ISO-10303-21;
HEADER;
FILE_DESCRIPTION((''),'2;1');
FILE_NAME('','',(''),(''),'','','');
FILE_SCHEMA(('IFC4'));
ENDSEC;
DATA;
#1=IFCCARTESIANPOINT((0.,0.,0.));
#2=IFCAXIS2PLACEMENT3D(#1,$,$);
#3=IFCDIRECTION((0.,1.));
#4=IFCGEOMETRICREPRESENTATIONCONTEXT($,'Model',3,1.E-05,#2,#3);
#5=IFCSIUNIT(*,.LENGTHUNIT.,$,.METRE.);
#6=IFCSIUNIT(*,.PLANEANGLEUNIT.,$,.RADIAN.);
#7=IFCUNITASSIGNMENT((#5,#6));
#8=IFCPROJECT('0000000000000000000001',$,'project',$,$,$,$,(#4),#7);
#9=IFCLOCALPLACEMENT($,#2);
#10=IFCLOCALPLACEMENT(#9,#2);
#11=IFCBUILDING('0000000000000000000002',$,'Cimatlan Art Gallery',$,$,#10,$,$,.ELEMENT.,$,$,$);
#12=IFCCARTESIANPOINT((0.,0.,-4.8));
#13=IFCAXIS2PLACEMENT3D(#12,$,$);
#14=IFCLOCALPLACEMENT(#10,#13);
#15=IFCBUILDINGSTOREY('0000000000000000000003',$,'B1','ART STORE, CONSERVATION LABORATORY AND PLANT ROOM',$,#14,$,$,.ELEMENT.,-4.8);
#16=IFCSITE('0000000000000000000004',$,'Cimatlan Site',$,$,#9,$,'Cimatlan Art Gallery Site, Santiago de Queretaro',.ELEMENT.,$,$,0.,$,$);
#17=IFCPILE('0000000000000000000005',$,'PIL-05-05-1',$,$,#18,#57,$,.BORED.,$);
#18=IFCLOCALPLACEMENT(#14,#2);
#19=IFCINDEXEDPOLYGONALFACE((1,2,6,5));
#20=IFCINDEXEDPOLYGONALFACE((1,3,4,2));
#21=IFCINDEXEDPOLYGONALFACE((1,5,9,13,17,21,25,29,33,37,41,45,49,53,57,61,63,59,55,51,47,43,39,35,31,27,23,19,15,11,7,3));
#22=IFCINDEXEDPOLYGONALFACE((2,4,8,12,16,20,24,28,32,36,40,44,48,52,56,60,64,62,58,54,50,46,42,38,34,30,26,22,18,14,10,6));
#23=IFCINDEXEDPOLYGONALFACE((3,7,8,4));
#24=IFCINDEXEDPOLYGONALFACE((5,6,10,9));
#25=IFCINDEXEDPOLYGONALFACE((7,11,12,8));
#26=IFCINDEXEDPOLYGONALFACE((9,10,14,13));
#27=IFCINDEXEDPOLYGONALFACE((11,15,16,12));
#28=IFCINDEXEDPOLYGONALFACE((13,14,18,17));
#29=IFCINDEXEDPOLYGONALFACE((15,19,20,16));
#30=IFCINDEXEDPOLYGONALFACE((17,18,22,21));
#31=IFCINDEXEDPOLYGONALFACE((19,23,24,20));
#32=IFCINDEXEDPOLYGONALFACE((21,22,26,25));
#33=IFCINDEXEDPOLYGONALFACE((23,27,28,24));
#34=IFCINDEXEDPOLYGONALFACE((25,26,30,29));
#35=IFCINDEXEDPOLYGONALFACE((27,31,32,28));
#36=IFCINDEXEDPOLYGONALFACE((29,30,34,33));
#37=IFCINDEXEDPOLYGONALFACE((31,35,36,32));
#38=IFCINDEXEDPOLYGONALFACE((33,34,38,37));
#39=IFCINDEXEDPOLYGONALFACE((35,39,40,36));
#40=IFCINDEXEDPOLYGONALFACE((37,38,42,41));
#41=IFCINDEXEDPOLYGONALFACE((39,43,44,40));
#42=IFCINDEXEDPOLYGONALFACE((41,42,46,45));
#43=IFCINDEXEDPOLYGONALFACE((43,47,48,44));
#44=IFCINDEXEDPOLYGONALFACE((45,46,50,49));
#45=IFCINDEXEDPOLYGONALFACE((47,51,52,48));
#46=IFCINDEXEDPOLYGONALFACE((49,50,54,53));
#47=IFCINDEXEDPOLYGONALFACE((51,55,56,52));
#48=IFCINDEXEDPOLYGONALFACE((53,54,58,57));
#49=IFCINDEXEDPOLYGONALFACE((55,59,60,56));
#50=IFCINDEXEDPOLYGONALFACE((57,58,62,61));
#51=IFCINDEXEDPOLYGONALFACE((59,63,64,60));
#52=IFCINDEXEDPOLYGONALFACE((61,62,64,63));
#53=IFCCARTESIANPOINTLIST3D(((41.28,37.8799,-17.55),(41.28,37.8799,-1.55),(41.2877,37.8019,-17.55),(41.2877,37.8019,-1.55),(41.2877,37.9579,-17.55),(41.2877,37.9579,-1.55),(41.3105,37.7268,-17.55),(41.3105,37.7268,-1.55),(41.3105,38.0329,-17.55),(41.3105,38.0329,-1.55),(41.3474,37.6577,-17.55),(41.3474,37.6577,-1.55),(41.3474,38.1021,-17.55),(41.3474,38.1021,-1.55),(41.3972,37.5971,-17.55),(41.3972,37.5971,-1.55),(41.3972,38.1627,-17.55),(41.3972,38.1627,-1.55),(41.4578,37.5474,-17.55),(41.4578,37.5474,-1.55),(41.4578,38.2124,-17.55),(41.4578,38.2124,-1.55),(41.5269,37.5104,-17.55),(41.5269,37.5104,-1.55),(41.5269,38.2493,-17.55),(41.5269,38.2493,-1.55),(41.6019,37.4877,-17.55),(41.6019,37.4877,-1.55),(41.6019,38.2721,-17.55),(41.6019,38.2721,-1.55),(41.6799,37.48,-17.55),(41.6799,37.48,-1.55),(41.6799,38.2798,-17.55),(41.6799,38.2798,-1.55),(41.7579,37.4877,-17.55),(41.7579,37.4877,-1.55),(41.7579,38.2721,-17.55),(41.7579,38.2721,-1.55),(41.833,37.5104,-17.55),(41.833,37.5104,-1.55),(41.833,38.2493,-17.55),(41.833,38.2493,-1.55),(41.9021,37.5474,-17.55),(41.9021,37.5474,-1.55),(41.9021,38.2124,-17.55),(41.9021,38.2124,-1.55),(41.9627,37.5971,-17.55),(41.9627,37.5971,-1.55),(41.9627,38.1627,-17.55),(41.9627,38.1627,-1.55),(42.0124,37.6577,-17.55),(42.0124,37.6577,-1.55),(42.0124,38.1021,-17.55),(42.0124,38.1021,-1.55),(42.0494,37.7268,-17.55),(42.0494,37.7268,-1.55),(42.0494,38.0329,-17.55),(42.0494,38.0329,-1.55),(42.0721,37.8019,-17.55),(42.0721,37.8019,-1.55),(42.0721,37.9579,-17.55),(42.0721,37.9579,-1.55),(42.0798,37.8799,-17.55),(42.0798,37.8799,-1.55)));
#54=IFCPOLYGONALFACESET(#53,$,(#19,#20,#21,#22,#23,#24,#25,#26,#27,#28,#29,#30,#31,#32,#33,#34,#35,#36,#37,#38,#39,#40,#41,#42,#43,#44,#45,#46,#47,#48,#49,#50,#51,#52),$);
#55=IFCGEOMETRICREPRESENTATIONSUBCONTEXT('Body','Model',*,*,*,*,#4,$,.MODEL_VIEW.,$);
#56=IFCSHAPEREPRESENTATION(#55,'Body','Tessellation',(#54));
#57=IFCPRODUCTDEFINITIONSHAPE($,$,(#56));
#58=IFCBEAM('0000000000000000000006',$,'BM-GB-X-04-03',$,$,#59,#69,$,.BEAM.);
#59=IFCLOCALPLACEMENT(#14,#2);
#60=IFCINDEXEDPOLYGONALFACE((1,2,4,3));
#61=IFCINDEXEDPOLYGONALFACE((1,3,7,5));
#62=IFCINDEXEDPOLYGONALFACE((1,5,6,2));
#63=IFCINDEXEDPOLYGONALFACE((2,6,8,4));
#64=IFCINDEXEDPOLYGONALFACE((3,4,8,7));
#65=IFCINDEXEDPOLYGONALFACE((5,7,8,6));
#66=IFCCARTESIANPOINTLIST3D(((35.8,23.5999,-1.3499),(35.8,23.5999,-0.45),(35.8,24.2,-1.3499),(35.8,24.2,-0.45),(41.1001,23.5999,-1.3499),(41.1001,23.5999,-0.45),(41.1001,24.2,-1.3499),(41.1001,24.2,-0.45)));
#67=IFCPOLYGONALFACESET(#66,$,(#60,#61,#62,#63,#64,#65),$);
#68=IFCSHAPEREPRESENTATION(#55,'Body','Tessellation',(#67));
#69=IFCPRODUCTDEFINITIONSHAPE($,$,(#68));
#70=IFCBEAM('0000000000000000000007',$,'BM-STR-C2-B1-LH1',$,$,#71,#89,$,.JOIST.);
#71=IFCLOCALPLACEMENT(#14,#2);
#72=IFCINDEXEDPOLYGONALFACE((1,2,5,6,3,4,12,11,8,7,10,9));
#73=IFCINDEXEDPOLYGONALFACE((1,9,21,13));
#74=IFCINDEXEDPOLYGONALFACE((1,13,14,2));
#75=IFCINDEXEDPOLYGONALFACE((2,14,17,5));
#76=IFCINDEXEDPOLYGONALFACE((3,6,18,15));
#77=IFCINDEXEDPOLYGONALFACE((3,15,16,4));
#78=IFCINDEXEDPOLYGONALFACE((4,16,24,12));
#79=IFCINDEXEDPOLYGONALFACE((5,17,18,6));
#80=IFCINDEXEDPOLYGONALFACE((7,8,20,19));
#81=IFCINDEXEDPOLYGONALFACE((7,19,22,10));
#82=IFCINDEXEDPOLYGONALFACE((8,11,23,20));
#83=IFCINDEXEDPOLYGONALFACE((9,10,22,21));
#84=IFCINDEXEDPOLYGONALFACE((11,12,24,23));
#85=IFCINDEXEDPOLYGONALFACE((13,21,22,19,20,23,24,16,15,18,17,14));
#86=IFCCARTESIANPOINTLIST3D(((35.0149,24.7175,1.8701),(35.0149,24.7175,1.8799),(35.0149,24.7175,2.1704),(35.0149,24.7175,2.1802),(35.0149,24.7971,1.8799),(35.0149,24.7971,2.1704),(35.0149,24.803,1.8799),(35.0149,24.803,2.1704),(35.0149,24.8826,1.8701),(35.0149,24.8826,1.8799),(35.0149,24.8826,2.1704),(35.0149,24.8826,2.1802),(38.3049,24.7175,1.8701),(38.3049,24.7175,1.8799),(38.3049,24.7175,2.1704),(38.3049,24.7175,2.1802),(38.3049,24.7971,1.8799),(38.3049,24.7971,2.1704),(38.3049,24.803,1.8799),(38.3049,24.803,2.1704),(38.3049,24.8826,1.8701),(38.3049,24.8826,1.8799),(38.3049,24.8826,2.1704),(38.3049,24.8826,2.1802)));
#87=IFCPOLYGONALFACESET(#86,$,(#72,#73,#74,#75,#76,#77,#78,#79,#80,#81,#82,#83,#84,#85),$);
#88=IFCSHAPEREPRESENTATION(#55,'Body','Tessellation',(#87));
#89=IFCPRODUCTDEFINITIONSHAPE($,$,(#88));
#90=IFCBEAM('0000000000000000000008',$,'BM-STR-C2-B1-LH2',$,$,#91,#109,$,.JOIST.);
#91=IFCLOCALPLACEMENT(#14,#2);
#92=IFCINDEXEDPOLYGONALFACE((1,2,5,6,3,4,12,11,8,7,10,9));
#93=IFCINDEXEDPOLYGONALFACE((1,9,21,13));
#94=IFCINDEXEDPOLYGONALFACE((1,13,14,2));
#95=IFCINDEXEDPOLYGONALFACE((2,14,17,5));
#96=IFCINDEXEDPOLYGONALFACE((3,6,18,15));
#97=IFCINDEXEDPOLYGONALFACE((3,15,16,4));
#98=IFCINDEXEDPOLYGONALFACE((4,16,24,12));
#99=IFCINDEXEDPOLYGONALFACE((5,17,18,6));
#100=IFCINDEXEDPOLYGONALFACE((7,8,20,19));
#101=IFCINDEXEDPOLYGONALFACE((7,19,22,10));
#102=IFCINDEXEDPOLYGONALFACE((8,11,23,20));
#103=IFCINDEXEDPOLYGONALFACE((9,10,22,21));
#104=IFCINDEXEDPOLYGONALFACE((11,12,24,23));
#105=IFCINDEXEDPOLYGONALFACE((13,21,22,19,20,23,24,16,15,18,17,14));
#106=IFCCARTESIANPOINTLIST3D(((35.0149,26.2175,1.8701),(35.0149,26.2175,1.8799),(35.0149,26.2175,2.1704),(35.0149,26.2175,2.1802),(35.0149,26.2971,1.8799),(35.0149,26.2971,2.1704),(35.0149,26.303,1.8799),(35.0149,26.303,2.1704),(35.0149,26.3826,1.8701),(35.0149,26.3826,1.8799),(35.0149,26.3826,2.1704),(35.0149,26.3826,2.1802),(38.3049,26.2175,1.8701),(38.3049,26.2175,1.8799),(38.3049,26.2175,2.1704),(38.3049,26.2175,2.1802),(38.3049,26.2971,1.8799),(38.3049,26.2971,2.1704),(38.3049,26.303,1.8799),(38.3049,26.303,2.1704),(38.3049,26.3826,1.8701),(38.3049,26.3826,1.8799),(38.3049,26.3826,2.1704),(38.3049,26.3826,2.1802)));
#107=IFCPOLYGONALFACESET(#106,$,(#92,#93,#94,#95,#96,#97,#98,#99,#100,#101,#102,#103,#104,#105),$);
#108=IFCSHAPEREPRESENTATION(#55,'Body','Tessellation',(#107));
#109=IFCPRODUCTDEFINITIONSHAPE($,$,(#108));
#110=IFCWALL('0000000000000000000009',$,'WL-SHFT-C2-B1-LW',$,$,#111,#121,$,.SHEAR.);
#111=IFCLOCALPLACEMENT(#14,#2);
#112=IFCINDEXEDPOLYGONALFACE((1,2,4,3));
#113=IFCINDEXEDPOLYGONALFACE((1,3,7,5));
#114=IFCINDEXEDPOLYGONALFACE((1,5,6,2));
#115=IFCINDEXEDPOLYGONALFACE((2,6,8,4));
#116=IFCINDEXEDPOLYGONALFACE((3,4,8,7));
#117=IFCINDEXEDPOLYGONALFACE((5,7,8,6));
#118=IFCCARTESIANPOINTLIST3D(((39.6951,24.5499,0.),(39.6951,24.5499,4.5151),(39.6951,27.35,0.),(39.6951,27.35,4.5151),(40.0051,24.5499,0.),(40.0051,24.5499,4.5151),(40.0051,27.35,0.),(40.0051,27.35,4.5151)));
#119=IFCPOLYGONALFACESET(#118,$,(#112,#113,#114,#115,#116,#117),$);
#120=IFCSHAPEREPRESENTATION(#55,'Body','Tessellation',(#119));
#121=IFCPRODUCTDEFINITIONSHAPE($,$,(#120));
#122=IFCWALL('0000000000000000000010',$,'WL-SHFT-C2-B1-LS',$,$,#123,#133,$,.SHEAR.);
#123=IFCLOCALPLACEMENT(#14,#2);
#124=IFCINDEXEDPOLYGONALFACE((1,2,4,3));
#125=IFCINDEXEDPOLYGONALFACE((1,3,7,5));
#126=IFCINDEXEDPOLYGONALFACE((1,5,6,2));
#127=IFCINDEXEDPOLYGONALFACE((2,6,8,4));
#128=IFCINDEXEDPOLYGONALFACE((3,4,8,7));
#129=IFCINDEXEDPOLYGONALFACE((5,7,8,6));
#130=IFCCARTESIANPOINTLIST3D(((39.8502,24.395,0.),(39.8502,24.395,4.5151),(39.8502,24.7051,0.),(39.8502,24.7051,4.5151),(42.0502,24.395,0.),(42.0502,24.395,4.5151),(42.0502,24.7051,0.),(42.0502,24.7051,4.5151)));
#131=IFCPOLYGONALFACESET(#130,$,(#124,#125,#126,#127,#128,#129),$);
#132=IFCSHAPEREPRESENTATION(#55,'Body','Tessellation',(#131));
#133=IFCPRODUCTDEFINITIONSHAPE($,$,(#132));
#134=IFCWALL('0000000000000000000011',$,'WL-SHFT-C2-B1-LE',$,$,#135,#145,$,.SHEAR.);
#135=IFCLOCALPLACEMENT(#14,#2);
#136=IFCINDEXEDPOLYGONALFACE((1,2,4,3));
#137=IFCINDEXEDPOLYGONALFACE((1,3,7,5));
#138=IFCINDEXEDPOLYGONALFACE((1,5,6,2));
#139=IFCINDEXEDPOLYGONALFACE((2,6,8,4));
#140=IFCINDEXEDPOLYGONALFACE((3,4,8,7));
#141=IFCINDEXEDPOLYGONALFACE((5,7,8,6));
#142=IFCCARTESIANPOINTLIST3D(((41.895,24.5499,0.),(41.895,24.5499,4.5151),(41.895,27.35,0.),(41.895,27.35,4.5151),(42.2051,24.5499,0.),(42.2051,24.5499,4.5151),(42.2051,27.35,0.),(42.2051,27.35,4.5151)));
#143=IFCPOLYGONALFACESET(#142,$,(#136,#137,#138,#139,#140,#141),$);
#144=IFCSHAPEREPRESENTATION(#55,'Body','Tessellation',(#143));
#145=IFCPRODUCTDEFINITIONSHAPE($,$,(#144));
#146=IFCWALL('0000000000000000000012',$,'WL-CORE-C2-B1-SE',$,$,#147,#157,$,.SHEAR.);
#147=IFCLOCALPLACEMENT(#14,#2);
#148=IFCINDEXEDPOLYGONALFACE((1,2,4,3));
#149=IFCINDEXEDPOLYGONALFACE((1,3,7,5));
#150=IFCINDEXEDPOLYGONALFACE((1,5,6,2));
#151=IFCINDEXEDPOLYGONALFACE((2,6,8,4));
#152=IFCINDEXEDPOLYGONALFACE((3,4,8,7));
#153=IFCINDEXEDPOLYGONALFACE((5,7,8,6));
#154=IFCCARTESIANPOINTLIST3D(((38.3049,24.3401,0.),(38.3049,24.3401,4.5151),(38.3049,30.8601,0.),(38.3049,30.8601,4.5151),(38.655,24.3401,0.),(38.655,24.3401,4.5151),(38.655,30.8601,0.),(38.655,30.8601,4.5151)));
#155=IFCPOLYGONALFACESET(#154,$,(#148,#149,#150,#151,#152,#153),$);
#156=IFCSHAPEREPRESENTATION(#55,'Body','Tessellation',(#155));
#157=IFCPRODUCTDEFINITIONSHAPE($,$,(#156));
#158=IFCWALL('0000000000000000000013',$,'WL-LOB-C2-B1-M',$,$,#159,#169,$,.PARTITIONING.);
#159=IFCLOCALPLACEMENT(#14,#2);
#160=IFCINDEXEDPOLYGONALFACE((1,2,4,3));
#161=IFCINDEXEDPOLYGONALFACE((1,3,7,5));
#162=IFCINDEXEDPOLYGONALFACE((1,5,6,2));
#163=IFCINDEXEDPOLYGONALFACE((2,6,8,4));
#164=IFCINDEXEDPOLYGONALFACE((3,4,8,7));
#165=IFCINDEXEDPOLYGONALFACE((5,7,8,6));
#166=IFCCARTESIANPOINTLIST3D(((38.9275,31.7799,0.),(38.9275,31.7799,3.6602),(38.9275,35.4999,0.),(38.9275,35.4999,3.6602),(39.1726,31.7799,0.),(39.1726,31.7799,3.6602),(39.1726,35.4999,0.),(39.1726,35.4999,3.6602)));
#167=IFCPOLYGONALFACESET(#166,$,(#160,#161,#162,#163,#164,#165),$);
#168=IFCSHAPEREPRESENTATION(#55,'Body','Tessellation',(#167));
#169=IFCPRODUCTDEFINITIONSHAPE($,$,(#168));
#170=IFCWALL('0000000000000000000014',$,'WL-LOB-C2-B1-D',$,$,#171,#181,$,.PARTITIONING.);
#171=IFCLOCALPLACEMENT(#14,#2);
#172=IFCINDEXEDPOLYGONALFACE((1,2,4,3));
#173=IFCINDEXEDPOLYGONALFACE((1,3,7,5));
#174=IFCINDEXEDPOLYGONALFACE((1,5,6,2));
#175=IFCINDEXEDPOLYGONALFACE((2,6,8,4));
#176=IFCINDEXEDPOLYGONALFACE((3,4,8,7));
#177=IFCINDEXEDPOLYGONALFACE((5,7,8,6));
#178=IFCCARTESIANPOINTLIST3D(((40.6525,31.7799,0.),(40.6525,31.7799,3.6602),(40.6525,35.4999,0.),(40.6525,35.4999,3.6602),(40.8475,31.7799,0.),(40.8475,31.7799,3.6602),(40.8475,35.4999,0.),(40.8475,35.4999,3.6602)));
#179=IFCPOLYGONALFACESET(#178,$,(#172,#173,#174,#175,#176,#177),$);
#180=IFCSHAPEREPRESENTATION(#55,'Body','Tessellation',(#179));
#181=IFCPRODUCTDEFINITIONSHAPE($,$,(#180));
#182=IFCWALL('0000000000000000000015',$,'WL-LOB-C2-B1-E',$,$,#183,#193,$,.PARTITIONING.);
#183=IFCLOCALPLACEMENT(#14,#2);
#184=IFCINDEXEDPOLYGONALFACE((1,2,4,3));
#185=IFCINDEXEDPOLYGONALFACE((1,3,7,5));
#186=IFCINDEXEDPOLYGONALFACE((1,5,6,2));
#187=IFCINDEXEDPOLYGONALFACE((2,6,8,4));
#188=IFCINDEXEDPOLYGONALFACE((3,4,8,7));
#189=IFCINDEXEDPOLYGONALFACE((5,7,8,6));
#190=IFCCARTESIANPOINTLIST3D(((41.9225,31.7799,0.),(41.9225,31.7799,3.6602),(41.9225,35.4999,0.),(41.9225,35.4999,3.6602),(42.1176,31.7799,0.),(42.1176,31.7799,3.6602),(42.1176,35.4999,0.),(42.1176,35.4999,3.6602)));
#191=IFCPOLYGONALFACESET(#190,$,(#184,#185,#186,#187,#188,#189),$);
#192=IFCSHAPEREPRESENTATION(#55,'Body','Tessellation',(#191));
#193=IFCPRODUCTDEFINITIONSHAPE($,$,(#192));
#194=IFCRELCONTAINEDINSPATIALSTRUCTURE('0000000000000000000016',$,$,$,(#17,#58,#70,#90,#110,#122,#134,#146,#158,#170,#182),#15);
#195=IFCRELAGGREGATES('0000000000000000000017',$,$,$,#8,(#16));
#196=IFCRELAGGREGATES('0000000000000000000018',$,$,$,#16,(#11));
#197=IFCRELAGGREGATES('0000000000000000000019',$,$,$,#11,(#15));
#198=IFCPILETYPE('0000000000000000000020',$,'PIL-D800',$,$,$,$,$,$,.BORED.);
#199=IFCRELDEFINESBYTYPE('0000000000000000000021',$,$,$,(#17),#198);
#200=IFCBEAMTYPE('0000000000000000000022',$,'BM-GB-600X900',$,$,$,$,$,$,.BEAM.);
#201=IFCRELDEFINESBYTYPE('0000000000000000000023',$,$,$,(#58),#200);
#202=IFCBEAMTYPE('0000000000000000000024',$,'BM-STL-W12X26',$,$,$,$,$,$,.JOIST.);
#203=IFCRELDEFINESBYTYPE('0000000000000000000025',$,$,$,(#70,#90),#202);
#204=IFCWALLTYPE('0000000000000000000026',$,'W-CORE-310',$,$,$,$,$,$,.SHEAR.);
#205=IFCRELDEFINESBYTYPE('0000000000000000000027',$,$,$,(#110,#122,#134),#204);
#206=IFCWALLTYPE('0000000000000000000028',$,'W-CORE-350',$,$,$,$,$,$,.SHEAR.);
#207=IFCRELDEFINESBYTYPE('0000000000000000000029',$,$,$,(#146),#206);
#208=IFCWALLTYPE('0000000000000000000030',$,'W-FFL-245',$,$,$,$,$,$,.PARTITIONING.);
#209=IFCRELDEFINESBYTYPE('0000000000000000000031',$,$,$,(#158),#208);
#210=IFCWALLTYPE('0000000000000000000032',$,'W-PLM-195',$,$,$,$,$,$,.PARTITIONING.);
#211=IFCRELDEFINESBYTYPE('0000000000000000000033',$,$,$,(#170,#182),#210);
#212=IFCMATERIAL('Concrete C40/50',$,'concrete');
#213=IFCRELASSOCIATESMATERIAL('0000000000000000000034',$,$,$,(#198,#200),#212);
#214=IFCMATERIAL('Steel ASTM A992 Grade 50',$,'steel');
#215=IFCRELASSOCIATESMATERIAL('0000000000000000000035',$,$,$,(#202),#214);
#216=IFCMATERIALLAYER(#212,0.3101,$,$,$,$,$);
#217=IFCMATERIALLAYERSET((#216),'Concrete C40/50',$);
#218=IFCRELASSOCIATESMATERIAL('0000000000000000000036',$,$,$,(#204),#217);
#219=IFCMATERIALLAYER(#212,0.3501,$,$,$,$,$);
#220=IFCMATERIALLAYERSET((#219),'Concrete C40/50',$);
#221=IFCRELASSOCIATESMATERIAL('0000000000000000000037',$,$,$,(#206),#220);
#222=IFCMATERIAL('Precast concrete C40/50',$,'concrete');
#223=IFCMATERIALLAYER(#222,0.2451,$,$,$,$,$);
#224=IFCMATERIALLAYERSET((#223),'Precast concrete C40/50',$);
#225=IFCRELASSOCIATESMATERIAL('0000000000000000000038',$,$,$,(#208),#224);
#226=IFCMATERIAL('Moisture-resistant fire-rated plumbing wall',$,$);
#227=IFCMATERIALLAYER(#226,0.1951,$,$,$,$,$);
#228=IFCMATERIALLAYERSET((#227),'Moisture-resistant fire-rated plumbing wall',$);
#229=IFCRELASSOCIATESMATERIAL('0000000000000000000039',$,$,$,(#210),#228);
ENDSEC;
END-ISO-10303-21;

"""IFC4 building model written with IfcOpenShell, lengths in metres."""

from ifc_helpers import new_model, si_unit, direction, frame, frame_2d, origin, origin_2d, place, context, subcontext, project, spatial, rectangle, circle, i_section, extrude, material, layer, layer_set, material_profile, profile_set, type_object, element, save


model = new_model("IFC4")

# Units and contexts
model_context = context("Model", 3, precision=1e-05, world=origin(), true_north=direction((0.0, 1.0)))
body_context = subcontext(model_context, "Body", "Model", "MODEL_VIEW")
ifc_project = project(units=[si_unit("LENGTHUNIT", "METRE"), si_unit("PLANEANGLEUNIT", "RADIAN")], contexts=[model_context])

# Site, building, storey
site_placement = place(None, origin())
site = spatial("IfcSite", under=ifc_project, at=site_placement, Name="Cimatlan Site", LongName="Cimatlan Art Gallery Site, Santiago de Queretaro", CompositionType="ELEMENT", RefElevation=0.0)
building_placement = place(site_placement, origin())
building = spatial("IfcBuilding", under=site, at=building_placement, Name="Cimatlan Art Gallery", CompositionType="ELEMENT")
storey_placement = place(building_placement, frame((0.0, 0.0, -4.8)))
storey = spatial("IfcBuildingStorey", under=building, at=storey_placement, Name="B1", Description="ART STORE, CONSERVATION LABORATORY AND PLANT ROOM", CompositionType="ELEMENT", Elevation=-4.8)

# Shared definitions
ifc_material_1 = material(Name="Concrete C40/50", Category="concrete")

# Pile
pile_type = type_object("IfcPileType", Name="PIL-D800", PredefinedType="BORED", material=ifc_material_1)
for number, where, z_axis, x_axis, name in (
    (1, (41.6799, 37.8799, -1.55), (0.0, 0.0, -1.0), (1.0, 0.0, 0.0), "PIL-05-05-1"),
):
    element("IfcPile", number, at=place(storey_placement, frame(where, z_axis=z_axis, x_axis=x_axis)), inside=storey, type_object=pile_type, Name=name, PredefinedType="BORED", context=body_context, shape_type="SweptSolid", body=[
        extrude(circle(Radius=0.3999, at=origin_2d()), origin(), (0.0, 0.0, 1.0), 16.0),
    ])

# Beams
ifc_material_profile_1 = material_profile(ifc_material_1, rectangle(XDim=0.6001, YDim=0.8999, at=origin_2d()), Name="RC600X900")
ifc_profile_set_1 = profile_set([ifc_material_profile_1], Name="Concrete C40/50")
beam_type_1 = type_object("IfcBeamType", Name="BM-GB-600X900", PredefinedType="BEAM", material=ifc_profile_set_1)
beam_placement = place(storey_placement, frame((35.8, 23.8999, -0.8999), z_axis=(1.0, 0.0, 0.0), x_axis=(0.0, 1.0, 0.0)))
element("IfcBeam", 2, at=beam_placement, inside=storey, type_object=beam_type_1, Name="BM-GB-X-04-03", PredefinedType="BEAM", context=body_context, shape_type="SweptSolid", body=[
    extrude(rectangle(XDim=0.6001, YDim=0.8999, at=origin_2d()), origin(), (0.0, 0.0, 1.0), 5.3),
])
ifc_material_2 = material(Name="Steel ASTM A992 Grade 50", Category="steel")
ifc_material_profile_2 = material_profile(ifc_material_2, i_section(OverallWidth=0.165, OverallDepth=0.3101, WebThickness=0.0059, FlangeThickness=0.0098, at=origin_2d()), Name="W12X26")
ifc_profile_set_2 = profile_set([ifc_material_profile_2], Name="Steel ASTM A992 Grade 50")
beam_type_2 = type_object("IfcBeamType", Name="BM-STL-W12X26", PredefinedType="JOIST", material=ifc_profile_set_2)
for number, where, z_axis, x_axis, name in (
    (3, (35.0149, 24.8, 2.0251), (1.0, 0.0, 0.0), (0.0, 1.0, 0.0), "BM-STR-C2-B1-LH1"),
    (4, (35.0149, 26.3, 2.0251), (1.0, 0.0, 0.0), (0.0, 1.0, 0.0), "BM-STR-C2-B1-LH2"),
):
    element("IfcBeam", number, at=place(storey_placement, frame(where, z_axis=z_axis, x_axis=x_axis)), inside=storey, type_object=beam_type_2, Name=name, PredefinedType="JOIST", context=body_context, shape_type="SweptSolid", body=[
        extrude(i_section(OverallWidth=0.165, OverallDepth=0.3101, WebThickness=0.0059, FlangeThickness=0.0098, at=origin_2d()), origin(), (0.0, 0.0, 1.0), 3.29),
    ])

# Walls
ifc_layer_1 = layer(ifc_material_1, 0.3101)
ifc_layer_set_1 = layer_set([ifc_layer_1], Name="Concrete C40/50")
wall_type_1 = type_object("IfcWallType", Name="W-CORE-310", PredefinedType="SHEAR", material=ifc_layer_set_1)
wall_1_placement = place(storey_placement, frame((39.8501, 24.55, 0.0), z_axis=(0.0, 0.0, 1.0), x_axis=(0.0, 1.0, 0.0)))
element("IfcWall", 5, at=wall_1_placement, inside=storey, type_object=wall_type_1, Name="WL-SHFT-C2-B1-LW", PredefinedType="SHEAR", context=body_context, shape_type="SweptSolid", body=[
    extrude(rectangle(XDim=2.8, YDim=0.3101, at=frame_2d((1.3999, 0.0))), origin(), (0.0, 0.0, 1.0), 4.5151),
])
wall_2_placement = place(storey_placement, frame((39.8501, 24.55, 0.0), z_axis=(0.0, 0.0, 1.0), x_axis=(1.0, 0.0, 0.0)))
element("IfcWall", 6, at=wall_2_placement, inside=storey, type_object=wall_type_1, Name="WL-SHFT-C2-B1-LS", PredefinedType="SHEAR", context=body_context, shape_type="SweptSolid", body=[
    extrude(rectangle(XDim=2.2, YDim=0.3101, at=frame_2d((1.1001, 0.0))), origin(), (0.0, 0.0, 1.0), 4.5151),
])
wall_3_placement = place(storey_placement, frame((42.05, 24.55, 0.0), z_axis=(0.0, 0.0, 1.0), x_axis=(0.0, 1.0, 0.0)))
element("IfcWall", 7, at=wall_3_placement, inside=storey, type_object=wall_type_1, Name="WL-SHFT-C2-B1-LE", PredefinedType="SHEAR", context=body_context, shape_type="SweptSolid", body=[
    extrude(rectangle(XDim=2.8, YDim=0.3101, at=frame_2d((1.3999, 0.0))), origin(), (0.0, 0.0, 1.0), 4.5151),
])

# Walls
ifc_layer_2 = layer(ifc_material_1, 0.3501)
ifc_layer_set_2 = layer_set([ifc_layer_2], Name="Concrete C40/50")
wall_type_2 = type_object("IfcWallType", Name="W-CORE-350", PredefinedType="SHEAR", material=ifc_layer_set_2)
wall_4_placement = place(storey_placement, frame((38.48, 24.3401, 0.0), z_axis=(0.0, 0.0, 1.0), x_axis=(0.0, 1.0, 0.0)))
element("IfcWall", 8, at=wall_4_placement, inside=storey, type_object=wall_type_2, Name="WL-CORE-C2-B1-SE", PredefinedType="SHEAR", context=body_context, shape_type="SweptSolid", body=[
    extrude(rectangle(XDim=6.52, YDim=0.3501, at=frame_2d((3.26, 0.0))), origin(), (0.0, 0.0, 1.0), 4.5151),
])
ifc_material_3 = material(Name="Precast concrete C40/50", Category="concrete")
ifc_layer_3 = layer(ifc_material_3, 0.2451)
ifc_layer_set_3 = layer_set([ifc_layer_3], Name="Precast concrete C40/50")
wall_type_3 = type_object("IfcWallType", Name="W-FFL-245", PredefinedType="PARTITIONING", material=ifc_layer_set_3)
wall_5_placement = place(storey_placement, frame((39.05, 31.78, 0.0), z_axis=(0.0, 0.0, 1.0), x_axis=(0.0, 1.0, 0.0)))
element("IfcWall", 9, at=wall_5_placement, inside=storey, type_object=wall_type_3, Name="WL-LOB-C2-B1-M", PredefinedType="PARTITIONING", context=body_context, shape_type="SweptSolid", body=[
    extrude(rectangle(XDim=3.72, YDim=0.2451, at=frame_2d((1.8599, 0.0))), origin(), (0.0, 0.0, 1.0), 3.6602),
])
ifc_material_4 = material(Name="Moisture-resistant fire-rated plumbing wall")
ifc_layer_4 = layer(ifc_material_4, 0.1951)
ifc_layer_set_4 = layer_set([ifc_layer_4], Name="Moisture-resistant fire-rated plumbing wall")
wall_type_4 = type_object("IfcWallType", Name="W-PLM-195", PredefinedType="PARTITIONING", material=ifc_layer_set_4)
for number, where, z_axis, x_axis, name in (
    (10, (40.75, 31.78, 0.0), (0.0, 0.0, 1.0), (0.0, 1.0, 0.0), "WL-LOB-C2-B1-D"),
    (11, (42.02, 31.78, 0.0), (0.0, 0.0, 1.0), (0.0, 1.0, 0.0), "WL-LOB-C2-B1-E"),
):
    element("IfcWall", number, at=place(storey_placement, frame(where, z_axis=z_axis, x_axis=x_axis)), inside=storey, type_object=wall_type_4, Name=name, PredefinedType="PARTITIONING", context=body_context, shape_type="SweptSolid", body=[
        extrude(rectangle(XDim=3.72, YDim=0.1951, at=frame_2d((1.8599, 0.0))), origin(), (0.0, 0.0, 1.0), 3.6602),
    ])

save(model, "model.ifc")
